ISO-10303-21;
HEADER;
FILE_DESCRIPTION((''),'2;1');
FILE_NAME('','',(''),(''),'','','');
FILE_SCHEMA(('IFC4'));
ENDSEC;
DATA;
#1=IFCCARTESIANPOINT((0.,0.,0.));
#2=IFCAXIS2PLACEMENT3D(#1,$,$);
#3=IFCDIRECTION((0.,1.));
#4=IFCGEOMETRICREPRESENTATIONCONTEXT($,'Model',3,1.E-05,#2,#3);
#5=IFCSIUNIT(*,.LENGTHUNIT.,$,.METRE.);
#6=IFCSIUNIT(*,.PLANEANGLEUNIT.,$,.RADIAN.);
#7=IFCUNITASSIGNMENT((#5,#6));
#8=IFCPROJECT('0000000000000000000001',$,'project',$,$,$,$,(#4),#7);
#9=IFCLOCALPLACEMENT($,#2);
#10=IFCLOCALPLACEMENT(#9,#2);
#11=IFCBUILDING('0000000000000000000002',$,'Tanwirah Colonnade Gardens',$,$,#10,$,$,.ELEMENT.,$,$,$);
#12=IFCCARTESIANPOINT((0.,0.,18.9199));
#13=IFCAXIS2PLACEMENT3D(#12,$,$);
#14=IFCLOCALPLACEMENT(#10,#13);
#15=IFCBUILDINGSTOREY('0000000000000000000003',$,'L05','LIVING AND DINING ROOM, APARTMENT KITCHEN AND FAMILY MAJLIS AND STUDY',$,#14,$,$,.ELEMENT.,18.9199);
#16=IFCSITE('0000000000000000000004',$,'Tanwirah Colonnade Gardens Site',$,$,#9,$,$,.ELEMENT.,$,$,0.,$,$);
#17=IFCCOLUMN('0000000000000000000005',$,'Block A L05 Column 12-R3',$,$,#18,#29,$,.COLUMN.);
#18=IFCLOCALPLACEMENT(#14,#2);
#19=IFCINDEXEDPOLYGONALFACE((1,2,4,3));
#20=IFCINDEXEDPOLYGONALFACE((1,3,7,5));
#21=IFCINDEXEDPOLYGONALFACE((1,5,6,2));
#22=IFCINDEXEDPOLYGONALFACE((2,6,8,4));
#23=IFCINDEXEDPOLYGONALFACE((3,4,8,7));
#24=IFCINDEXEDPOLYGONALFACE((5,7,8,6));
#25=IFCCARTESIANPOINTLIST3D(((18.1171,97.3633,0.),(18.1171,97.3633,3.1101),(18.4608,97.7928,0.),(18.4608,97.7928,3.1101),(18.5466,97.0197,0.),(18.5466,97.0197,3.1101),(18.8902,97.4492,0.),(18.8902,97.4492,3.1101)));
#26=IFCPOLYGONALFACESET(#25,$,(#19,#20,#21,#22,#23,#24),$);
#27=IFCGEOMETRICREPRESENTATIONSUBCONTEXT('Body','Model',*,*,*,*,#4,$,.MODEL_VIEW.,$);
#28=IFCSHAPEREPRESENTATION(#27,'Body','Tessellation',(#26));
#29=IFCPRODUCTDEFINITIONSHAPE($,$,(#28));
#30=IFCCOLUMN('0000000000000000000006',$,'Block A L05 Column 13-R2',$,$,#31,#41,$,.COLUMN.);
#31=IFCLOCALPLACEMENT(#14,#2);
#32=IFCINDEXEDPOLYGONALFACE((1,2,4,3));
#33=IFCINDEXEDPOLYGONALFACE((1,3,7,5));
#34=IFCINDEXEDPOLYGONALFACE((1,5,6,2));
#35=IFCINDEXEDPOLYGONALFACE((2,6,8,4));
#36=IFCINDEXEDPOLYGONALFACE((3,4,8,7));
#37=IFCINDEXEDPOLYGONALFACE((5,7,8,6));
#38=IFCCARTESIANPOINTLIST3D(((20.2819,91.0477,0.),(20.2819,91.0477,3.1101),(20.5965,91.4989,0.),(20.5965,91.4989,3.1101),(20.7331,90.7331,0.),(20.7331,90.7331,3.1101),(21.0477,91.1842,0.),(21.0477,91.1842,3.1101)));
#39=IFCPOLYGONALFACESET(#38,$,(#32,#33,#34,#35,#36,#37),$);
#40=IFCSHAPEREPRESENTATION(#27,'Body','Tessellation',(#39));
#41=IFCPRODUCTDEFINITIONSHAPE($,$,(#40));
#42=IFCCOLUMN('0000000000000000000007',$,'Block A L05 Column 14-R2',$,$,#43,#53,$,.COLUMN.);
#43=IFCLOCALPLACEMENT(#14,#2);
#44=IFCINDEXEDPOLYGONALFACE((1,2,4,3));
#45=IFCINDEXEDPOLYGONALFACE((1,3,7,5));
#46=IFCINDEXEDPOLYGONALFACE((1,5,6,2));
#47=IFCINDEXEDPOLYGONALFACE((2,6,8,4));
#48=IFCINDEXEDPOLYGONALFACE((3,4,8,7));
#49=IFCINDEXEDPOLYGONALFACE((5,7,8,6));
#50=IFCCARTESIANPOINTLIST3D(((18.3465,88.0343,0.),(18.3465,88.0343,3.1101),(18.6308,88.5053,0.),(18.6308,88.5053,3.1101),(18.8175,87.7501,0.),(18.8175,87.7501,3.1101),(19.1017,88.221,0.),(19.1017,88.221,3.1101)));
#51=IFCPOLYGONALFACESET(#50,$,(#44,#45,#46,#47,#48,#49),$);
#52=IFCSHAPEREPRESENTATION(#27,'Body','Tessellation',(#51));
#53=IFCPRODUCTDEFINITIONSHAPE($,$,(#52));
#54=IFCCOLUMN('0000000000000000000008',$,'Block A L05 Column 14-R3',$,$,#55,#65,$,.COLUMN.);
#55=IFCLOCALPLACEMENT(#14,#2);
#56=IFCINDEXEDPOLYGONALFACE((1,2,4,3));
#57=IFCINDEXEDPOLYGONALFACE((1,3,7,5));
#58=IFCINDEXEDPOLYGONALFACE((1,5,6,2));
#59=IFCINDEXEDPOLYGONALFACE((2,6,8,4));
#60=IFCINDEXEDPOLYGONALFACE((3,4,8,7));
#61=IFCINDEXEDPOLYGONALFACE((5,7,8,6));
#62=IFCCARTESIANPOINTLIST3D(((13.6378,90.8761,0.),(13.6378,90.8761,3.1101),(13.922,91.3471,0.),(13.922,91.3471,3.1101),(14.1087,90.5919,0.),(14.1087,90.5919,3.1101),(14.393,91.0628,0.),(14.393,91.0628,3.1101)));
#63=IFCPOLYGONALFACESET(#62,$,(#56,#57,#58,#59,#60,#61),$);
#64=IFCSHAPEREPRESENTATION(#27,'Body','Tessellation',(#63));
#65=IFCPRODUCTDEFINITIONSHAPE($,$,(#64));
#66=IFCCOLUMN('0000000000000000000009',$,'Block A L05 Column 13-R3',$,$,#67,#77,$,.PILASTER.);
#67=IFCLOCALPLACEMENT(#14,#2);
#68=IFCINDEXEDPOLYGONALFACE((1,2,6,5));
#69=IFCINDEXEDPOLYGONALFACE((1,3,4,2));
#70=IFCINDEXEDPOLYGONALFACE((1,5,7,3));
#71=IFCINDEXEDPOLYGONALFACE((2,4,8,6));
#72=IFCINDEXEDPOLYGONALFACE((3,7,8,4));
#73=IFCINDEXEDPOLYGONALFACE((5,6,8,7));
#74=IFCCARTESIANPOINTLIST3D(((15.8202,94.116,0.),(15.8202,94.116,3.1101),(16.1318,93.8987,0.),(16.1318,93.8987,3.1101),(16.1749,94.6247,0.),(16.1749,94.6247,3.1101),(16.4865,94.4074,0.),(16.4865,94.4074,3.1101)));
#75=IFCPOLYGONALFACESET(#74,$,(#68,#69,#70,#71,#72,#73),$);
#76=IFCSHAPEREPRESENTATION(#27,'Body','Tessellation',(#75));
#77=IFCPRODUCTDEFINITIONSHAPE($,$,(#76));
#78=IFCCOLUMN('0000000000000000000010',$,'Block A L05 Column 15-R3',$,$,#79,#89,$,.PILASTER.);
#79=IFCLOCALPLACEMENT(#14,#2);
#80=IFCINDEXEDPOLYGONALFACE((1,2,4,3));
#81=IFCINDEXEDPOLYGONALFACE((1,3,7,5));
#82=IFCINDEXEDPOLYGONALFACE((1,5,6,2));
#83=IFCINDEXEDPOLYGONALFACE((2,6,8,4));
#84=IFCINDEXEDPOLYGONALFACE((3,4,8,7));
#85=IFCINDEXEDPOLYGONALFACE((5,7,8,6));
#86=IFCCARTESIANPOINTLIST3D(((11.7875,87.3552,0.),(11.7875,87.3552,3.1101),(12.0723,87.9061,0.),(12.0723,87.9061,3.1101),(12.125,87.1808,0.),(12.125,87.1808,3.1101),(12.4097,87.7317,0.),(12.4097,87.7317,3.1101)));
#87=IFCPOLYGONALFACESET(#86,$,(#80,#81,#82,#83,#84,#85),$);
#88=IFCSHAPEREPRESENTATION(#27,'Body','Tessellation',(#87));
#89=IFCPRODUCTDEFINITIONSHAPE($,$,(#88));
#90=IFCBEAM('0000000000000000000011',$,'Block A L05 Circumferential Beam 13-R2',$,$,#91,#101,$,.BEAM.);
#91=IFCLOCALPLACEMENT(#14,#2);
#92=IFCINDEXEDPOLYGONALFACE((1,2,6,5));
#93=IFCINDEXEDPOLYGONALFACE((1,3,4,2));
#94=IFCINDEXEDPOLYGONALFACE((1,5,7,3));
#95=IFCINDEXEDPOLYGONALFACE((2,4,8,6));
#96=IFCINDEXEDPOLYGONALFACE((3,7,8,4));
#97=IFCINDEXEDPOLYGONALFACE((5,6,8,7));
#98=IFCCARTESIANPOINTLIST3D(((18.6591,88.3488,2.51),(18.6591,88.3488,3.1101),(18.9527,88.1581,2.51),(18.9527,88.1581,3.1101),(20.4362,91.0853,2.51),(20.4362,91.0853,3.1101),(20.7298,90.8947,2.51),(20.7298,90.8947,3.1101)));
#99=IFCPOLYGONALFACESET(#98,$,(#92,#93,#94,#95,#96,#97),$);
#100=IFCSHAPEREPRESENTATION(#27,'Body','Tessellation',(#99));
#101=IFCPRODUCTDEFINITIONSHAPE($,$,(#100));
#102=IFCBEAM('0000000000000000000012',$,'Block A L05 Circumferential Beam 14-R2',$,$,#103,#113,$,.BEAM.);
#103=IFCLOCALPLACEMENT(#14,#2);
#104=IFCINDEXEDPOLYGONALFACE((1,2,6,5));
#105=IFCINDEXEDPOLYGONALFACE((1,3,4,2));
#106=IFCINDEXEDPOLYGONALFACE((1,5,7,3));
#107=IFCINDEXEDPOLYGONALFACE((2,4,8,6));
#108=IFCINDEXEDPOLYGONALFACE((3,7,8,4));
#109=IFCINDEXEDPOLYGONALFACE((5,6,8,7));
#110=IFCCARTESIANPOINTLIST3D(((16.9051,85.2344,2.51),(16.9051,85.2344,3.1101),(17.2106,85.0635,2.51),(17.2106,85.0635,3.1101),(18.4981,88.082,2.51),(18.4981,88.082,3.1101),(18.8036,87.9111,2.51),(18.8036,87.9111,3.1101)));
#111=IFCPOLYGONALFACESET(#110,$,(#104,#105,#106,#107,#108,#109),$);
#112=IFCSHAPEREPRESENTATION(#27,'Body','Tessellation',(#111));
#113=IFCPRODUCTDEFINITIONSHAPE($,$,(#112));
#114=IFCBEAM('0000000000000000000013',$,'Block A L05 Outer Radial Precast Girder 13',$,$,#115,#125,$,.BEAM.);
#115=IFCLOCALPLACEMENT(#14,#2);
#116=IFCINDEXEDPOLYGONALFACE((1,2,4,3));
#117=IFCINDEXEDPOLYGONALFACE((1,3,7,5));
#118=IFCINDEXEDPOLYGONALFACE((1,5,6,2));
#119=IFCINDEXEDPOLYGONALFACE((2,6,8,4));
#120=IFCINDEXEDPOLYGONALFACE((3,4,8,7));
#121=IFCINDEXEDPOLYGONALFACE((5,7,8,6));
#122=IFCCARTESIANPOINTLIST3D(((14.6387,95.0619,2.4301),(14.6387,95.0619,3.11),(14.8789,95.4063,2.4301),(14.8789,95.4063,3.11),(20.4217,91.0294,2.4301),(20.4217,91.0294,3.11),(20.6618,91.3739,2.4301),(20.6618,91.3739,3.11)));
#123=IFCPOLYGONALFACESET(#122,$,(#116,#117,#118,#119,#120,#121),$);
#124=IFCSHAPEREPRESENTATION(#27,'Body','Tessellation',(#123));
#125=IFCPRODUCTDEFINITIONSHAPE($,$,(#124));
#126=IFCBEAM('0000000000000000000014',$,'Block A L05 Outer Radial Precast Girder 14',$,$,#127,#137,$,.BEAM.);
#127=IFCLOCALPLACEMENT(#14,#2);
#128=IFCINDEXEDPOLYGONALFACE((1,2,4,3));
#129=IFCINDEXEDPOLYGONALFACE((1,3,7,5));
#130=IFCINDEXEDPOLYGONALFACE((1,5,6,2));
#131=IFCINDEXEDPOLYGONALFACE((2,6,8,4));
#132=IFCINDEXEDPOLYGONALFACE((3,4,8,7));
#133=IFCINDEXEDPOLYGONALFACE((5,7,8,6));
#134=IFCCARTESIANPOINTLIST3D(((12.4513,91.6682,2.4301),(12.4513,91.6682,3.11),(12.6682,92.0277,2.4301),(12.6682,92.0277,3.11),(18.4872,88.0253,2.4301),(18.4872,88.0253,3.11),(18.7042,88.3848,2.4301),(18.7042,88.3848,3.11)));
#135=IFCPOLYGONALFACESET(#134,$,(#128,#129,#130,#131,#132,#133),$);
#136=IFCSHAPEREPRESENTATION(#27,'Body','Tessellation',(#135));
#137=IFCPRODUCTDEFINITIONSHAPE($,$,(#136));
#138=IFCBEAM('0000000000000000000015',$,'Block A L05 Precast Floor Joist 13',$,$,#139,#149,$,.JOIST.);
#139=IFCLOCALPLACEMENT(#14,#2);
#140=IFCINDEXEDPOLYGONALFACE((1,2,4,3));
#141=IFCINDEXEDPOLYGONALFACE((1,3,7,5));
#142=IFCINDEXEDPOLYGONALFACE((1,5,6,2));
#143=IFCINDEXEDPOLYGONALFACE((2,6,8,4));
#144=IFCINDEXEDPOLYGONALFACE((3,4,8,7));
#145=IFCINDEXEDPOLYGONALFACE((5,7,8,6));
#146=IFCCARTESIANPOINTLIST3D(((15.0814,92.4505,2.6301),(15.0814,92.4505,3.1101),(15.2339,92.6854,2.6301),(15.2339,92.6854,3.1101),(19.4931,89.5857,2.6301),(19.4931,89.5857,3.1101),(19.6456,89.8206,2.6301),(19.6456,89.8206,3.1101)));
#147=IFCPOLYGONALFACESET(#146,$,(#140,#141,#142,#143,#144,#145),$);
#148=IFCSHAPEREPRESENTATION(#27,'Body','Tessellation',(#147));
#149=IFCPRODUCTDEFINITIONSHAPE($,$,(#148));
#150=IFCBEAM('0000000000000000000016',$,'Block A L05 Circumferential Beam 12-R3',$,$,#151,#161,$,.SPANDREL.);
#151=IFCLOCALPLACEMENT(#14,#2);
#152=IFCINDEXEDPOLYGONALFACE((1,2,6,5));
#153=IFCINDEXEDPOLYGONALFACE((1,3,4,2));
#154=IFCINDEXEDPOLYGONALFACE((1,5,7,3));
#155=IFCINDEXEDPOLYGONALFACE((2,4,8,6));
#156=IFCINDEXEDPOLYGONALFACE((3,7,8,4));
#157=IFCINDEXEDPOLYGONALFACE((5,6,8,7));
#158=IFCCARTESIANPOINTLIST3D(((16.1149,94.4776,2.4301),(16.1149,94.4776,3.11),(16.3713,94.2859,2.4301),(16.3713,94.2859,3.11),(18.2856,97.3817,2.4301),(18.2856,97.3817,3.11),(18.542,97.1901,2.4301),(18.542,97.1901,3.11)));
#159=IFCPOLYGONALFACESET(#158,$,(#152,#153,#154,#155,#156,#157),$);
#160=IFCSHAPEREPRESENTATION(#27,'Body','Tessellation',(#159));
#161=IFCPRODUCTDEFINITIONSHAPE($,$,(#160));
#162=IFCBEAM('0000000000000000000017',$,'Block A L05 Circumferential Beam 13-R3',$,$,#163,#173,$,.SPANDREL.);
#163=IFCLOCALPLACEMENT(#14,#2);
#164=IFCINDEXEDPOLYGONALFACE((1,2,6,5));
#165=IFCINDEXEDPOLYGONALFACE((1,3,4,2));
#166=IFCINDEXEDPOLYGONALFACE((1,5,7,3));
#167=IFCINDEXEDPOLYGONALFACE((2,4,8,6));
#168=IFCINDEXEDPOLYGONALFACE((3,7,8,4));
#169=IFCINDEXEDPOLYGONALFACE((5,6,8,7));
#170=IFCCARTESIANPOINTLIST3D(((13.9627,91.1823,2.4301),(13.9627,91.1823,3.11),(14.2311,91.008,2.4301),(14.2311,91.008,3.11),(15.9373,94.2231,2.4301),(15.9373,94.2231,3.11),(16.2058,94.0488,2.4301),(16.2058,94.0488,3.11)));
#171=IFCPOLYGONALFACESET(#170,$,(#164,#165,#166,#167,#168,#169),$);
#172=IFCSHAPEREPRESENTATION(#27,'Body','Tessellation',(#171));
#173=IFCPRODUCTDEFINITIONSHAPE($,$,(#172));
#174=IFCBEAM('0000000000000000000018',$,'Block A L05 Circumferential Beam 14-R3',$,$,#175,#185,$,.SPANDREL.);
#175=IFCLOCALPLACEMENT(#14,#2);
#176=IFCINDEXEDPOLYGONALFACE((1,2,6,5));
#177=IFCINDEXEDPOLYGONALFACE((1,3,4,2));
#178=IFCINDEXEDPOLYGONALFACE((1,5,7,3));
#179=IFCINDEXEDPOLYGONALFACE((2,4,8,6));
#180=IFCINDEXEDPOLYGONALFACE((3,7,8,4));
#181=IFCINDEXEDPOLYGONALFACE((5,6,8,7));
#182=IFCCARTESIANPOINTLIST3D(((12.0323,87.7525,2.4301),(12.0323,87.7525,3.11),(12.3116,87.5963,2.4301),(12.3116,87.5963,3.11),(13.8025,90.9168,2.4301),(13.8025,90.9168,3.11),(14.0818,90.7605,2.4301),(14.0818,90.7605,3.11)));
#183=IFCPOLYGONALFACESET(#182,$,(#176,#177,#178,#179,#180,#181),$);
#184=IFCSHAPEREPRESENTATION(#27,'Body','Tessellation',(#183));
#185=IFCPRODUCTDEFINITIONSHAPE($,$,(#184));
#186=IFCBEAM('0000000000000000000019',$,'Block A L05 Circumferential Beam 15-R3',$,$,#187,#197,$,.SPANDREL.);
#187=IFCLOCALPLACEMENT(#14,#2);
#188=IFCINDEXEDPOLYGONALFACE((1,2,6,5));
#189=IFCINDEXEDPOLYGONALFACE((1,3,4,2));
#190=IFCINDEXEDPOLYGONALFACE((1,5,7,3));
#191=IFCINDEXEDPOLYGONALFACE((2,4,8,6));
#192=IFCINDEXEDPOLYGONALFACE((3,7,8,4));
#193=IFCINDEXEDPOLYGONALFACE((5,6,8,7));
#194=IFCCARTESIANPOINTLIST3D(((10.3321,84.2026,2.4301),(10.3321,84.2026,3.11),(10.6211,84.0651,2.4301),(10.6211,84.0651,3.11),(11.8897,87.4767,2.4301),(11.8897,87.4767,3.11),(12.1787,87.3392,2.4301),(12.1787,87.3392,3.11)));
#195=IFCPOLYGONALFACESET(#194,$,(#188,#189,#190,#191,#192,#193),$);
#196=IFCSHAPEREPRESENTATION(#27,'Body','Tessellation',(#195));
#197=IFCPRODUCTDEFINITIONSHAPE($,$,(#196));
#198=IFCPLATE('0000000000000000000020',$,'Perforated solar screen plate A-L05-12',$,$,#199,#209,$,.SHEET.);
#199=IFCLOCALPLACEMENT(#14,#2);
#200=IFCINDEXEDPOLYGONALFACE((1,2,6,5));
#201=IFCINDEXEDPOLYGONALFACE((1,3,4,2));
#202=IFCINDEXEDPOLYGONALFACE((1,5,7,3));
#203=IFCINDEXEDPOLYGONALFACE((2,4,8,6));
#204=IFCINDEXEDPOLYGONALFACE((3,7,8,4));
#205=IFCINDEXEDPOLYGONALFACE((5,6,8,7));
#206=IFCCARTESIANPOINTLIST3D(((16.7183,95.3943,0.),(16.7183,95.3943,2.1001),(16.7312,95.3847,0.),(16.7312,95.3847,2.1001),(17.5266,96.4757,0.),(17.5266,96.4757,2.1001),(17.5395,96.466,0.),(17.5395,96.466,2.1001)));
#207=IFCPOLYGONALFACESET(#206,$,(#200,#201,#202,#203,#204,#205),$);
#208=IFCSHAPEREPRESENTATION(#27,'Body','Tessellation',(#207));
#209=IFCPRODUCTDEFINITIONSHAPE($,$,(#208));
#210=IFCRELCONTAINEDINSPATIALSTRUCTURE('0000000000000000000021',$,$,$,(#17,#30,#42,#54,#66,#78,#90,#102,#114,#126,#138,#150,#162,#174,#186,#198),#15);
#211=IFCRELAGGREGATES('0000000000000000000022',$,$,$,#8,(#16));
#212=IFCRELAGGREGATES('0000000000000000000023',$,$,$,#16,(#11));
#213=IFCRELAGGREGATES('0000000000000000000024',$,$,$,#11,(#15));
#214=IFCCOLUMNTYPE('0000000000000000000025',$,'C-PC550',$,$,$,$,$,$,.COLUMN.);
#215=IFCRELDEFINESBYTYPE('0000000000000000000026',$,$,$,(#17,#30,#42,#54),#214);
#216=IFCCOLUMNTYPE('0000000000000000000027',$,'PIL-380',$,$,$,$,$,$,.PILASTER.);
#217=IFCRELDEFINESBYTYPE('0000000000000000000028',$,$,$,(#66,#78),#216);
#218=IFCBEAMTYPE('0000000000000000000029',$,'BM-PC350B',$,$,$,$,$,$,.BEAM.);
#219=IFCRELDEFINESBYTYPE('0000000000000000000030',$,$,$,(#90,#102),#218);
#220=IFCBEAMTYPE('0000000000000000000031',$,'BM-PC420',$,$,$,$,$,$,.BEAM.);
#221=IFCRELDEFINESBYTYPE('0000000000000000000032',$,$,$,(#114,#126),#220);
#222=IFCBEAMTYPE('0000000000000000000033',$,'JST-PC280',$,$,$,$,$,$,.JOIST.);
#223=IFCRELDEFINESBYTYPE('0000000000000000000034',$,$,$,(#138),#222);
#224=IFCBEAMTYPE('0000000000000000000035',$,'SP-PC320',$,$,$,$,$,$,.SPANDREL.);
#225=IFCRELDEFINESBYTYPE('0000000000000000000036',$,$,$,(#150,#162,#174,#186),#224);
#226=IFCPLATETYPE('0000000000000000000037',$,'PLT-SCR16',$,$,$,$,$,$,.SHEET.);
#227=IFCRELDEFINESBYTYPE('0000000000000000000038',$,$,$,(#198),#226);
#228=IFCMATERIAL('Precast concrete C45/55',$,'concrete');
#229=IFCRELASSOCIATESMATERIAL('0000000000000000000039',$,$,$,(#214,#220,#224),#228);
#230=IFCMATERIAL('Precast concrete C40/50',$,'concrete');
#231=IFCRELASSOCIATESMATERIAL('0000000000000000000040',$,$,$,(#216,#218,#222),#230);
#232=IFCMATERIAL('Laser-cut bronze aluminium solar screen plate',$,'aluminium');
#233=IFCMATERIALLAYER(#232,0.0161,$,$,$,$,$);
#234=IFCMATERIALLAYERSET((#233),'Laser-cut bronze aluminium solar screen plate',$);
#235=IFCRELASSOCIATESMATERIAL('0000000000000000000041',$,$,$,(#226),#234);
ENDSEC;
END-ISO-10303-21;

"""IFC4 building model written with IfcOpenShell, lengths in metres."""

from ifc_helpers import new_model, si_unit, direction, frame, origin, origin_2d, place, context, subcontext, project, spatial, rectangle, extrude, material, layer, layer_set, material_profile, profile_set, type_object, element, save


model = new_model("IFC4")

# Units and contexts
model_context = context("Model", 3, precision=1e-05, world=origin(), true_north=direction((0.0, 1.0)))
body_context = subcontext(model_context, "Body", "Model", "MODEL_VIEW")
ifc_project = project(units=[si_unit("LENGTHUNIT", "METRE"), si_unit("PLANEANGLEUNIT", "RADIAN")], contexts=[model_context])

# Site, building, storey
site_placement = place(None, origin())
site = spatial("IfcSite", under=ifc_project, at=site_placement, Name="Tanwirah Colonnade Gardens Site", CompositionType="ELEMENT", RefElevation=0.0)
building_placement = place(site_placement, origin())
building = spatial("IfcBuilding", under=site, at=building_placement, Name="Tanwirah Colonnade Gardens", CompositionType="ELEMENT")
storey_placement = place(building_placement, frame((0.0, 0.0, 18.9199)))
storey = spatial("IfcBuildingStorey", under=building, at=storey_placement, Name="L05", Description="LIVING AND DINING ROOM, APARTMENT KITCHEN AND FAMILY MAJLIS AND STUDY", CompositionType="ELEMENT", Elevation=18.9199)

# Columns
ifc_material_1 = material(Name="Precast concrete C45/55", Category="concrete")
ifc_material_profile_1 = material_profile(ifc_material_1, rectangle(XDim=0.55, YDim=0.55, at=origin_2d()), Name="PC-COL 550x550")
ifc_profile_set_1 = profile_set([ifc_material_profile_1], Name="Precast concrete C45/55")
column_type_1 = type_object("IfcColumnType", Name="C-PC550", PredefinedType="COLUMN", material=ifc_profile_set_1)
for number, where, z_axis, x_axis, name in (
    (1, (18.5037, 97.4062, 0.0), (0.0, 0.0, 1.0), (-0.780794, 0.624788, 0.0), "Block A L05 Column 12-R3"),
    (2, (20.6648, 91.116, 0.0), (0.0, 0.0, 1.0), (-0.820263, 0.571987, 0.0), "Block A L05 Column 13-R2"),
    (3, (18.7241, 88.1277, 0.0), (0.0, 0.0, 1.0), (-0.856167, 0.516699, 0.0), "Block A L05 Column 14-R2"),
    (4, (14.0154, 90.9695, 0.0), (0.0, 0.0, 1.0), (-0.856167, 0.516699, 0.0), "Block A L05 Column 14-R3"),
):
    element("IfcColumn", number, at=place(storey_placement, frame(where, z_axis=z_axis, x_axis=x_axis)), inside=storey, type_object=column_type_1, Name=name, PredefinedType="COLUMN", context=body_context, shape_type="SweptSolid", body=[
        extrude(rectangle(XDim=0.55, YDim=0.55, at=origin_2d()), origin(), (0.0, 0.0, 1.0), 3.1101),
    ])
ifc_material_2 = material(Name="Precast concrete C40/50", Category="concrete")
ifc_material_profile_2 = material_profile(ifc_material_2, rectangle(XDim=0.3799, YDim=0.6201, at=origin_2d()), Name="PC-PIL 380x620")
ifc_profile_set_2 = profile_set([ifc_material_profile_2], Name="Precast concrete C40/50")
column_type_2 = type_object("IfcColumnType", Name="PIL-380", PredefinedType="PILASTER", material=ifc_profile_set_2)
for number, where, z_axis, x_axis, name in (
    (5, (16.1533, 94.2617, 0.0), (0.0, 0.0, 1.0), (-0.820263, 0.571987, 0.0), "Block A L05 Column 13-R3"),
    (6, (12.0986, 87.5435, 0.0), (0.0, 0.0, 1.0), (-0.88835, 0.459166, 0.0), "Block A L05 Column 15-R3"),
):
    element("IfcColumn", number, at=place(storey_placement, frame(where, z_axis=z_axis, x_axis=x_axis)), inside=storey, type_object=column_type_2, Name=name, PredefinedType="PILASTER", context=body_context, shape_type="SweptSolid", body=[
        extrude(rectangle(XDim=0.3799, YDim=0.6201, at=origin_2d()), origin(), (0.0, 0.0, 1.0), 3.1101),
    ])

# Beams
ifc_material_profile_3 = material_profile(ifc_material_2, rectangle(XDim=0.3501, YDim=0.6001, at=origin_2d()), Name="PC-BM 350x600")
ifc_profile_set_3 = profile_set([ifc_material_profile_3], Name="Precast concrete C40/50")
beam_type_1 = type_object("IfcBeamType", Name="BM-PC350B", PredefinedType="BEAM", material=ifc_profile_set_3)
for number, where, z_axis, x_axis, name in (
    (7, (20.583, 90.99, 2.8101), (-0.544628, -0.838678, 0.0), (0.838678, -0.544628, 0.0), "Block A L05 Circumferential Beam 13-R2"),
    (8, (18.6509, 87.9966, 2.8101), (-0.488214, -0.872724, 0.0), (0.872724, -0.488214, 0.0), "Block A L05 Circumferential Beam 14-R2"),
):
    element("IfcBeam", number, at=place(storey_placement, frame(where, z_axis=z_axis, x_axis=x_axis)), inside=storey, type_object=beam_type_1, Name=name, PredefinedType="BEAM", context=body_context, shape_type="SweptSolid", body=[
        extrude(rectangle(XDim=0.3501, YDim=0.6001, at=origin_2d()), origin(), (0.0, 0.0, 1.0), 3.2629),
    ])
ifc_material_profile_4 = material_profile(ifc_material_1, rectangle(XDim=0.4199, YDim=0.6799, at=origin_2d()), Name="PC-BM 420x680")
ifc_profile_set_4 = profile_set([ifc_material_profile_4], Name="Precast concrete C45/55")
beam_type_2 = type_object("IfcBeamType", Name="BM-PC420", PredefinedType="BEAM", material=ifc_profile_set_4)
for number, where, z_axis, x_axis, name in (
    (9, (20.5417, 91.2017, 2.77), (-0.82027, 0.571976, 0.0), (-0.571976, -0.82027, 0.0), "Block A L05 Outer Radial Precast Girder 13"),
    (10, (18.5957, 88.2051, 2.77), (-0.856158, 0.516714, 0.0), (-0.516714, -0.856158, 0.0), "Block A L05 Outer Radial Precast Girder 14"),
):
    element("IfcBeam", number, at=place(storey_placement, frame(where, z_axis=z_axis, x_axis=x_axis)), inside=storey, type_object=beam_type_2, Name=name, PredefinedType="BEAM", context=body_context, shape_type="SweptSolid", body=[
        extrude(rectangle(XDim=0.4199, YDim=0.6799, at=origin_2d()), origin(), (0.0, 0.0, 1.0), 7.05),
    ])
ifc_material_profile_5 = material_profile(ifc_material_2, rectangle(XDim=0.28, YDim=0.48, at=origin_2d()), Name="PC-JST 280x480")
ifc_profile_set_5 = profile_set([ifc_material_profile_5], Name="Precast concrete C40/50")
beam_type_3 = type_object("IfcBeamType", Name="JST-PC280", PredefinedType="JOIST", material=ifc_profile_set_5)
beam_placement = place(storey_placement, frame((19.5693, 89.7031, 2.8701), z_axis=(-0.838687, 0.544613, 0.0), x_axis=(-0.544613, -0.838687, 0.0)))
element("IfcBeam", 11, at=beam_placement, inside=storey, type_object=beam_type_3, Name="Block A L05 Precast Floor Joist 13", PredefinedType="JOIST", context=body_context, shape_type="SweptSolid", body=[
    extrude(rectangle(XDim=0.28, YDim=0.48, at=origin_2d()), origin(), (0.0, 0.0, 1.0), 5.2603),
])
ifc_material_profile_6 = material_profile(ifc_material_1, rectangle(XDim=0.3201, YDim=0.6799, at=origin_2d()), Name="PC-SP 320x680")
ifc_profile_set_6 = profile_set([ifc_material_profile_6], Name="Precast concrete C45/55")
beam_type_4 = type_object("IfcBeamType", Name="SP-PC320", PredefinedType="SPANDREL", material=ifc_profile_set_6)
for number, where, z_axis, x_axis, name in (
    (12, (18.4138, 97.2859, 2.77), (-0.598696, -0.800977, 0.0), (0.800977, -0.598696, 0.0), "Block A L05 Circumferential Beam 12-R3"),
    (13, (16.0715, 94.136, 2.77), (-0.544621, -0.838682, 0.0), (0.838682, -0.544621, 0.0), "Block A L05 Circumferential Beam 13-R3"),
    (14, (13.9421, 90.8386, 2.77), (-0.488236, -0.872711, 0.0), (0.872711, -0.488236, 0.0), "Block A L05 Circumferential Beam 14-R3"),
    (15, (12.0342, 87.408, 2.77), (-0.429594, -0.903022, 0.0), (0.903022, -0.429594, 0.0), "Block A L05 Circumferential Beam 15-R3"),
):
    element("IfcBeam", number, at=place(storey_placement, frame(where, z_axis=z_axis, x_axis=x_axis)), inside=storey, type_object=beam_type_4, Name=name, PredefinedType="SPANDREL", context=body_context, shape_type="SweptSolid", body=[
        extrude(rectangle(XDim=0.3201, YDim=0.6799, at=origin_2d()), origin(), (0.0, 0.0, 1.0), 3.6257),
    ])

# Plate
ifc_material_3 = material(Name="Laser-cut bronze aluminium solar screen plate", Category="aluminium")
ifc_layer_1 = layer(ifc_material_3, 0.0161)
ifc_layer_set_1 = layer_set([ifc_layer_1], Name="Laser-cut bronze aluminium solar screen plate")
plate_type = type_object("IfcPlateType", Name="PLT-SCR16", PredefinedType="SHEET", material=ifc_layer_set_1)
plate_placement = place(storey_placement, frame((17.1289, 95.9302, 0.0), z_axis=(0.0, 0.0, 1.0), x_axis=(-0.598714, -0.800963, 0.0)))
element("IfcPlate", 16, at=plate_placement, inside=storey, type_object=plate_type, Name="Perforated solar screen plate A-L05-12", PredefinedType="SHEET", context=body_context, shape_type="SweptSolid", body=[
    extrude(rectangle(XDim=1.3501, YDim=0.0161, at=origin_2d()), origin(), (0.0, 0.0, 1.0), 2.1001),
])

save(model, "model.ifc")
